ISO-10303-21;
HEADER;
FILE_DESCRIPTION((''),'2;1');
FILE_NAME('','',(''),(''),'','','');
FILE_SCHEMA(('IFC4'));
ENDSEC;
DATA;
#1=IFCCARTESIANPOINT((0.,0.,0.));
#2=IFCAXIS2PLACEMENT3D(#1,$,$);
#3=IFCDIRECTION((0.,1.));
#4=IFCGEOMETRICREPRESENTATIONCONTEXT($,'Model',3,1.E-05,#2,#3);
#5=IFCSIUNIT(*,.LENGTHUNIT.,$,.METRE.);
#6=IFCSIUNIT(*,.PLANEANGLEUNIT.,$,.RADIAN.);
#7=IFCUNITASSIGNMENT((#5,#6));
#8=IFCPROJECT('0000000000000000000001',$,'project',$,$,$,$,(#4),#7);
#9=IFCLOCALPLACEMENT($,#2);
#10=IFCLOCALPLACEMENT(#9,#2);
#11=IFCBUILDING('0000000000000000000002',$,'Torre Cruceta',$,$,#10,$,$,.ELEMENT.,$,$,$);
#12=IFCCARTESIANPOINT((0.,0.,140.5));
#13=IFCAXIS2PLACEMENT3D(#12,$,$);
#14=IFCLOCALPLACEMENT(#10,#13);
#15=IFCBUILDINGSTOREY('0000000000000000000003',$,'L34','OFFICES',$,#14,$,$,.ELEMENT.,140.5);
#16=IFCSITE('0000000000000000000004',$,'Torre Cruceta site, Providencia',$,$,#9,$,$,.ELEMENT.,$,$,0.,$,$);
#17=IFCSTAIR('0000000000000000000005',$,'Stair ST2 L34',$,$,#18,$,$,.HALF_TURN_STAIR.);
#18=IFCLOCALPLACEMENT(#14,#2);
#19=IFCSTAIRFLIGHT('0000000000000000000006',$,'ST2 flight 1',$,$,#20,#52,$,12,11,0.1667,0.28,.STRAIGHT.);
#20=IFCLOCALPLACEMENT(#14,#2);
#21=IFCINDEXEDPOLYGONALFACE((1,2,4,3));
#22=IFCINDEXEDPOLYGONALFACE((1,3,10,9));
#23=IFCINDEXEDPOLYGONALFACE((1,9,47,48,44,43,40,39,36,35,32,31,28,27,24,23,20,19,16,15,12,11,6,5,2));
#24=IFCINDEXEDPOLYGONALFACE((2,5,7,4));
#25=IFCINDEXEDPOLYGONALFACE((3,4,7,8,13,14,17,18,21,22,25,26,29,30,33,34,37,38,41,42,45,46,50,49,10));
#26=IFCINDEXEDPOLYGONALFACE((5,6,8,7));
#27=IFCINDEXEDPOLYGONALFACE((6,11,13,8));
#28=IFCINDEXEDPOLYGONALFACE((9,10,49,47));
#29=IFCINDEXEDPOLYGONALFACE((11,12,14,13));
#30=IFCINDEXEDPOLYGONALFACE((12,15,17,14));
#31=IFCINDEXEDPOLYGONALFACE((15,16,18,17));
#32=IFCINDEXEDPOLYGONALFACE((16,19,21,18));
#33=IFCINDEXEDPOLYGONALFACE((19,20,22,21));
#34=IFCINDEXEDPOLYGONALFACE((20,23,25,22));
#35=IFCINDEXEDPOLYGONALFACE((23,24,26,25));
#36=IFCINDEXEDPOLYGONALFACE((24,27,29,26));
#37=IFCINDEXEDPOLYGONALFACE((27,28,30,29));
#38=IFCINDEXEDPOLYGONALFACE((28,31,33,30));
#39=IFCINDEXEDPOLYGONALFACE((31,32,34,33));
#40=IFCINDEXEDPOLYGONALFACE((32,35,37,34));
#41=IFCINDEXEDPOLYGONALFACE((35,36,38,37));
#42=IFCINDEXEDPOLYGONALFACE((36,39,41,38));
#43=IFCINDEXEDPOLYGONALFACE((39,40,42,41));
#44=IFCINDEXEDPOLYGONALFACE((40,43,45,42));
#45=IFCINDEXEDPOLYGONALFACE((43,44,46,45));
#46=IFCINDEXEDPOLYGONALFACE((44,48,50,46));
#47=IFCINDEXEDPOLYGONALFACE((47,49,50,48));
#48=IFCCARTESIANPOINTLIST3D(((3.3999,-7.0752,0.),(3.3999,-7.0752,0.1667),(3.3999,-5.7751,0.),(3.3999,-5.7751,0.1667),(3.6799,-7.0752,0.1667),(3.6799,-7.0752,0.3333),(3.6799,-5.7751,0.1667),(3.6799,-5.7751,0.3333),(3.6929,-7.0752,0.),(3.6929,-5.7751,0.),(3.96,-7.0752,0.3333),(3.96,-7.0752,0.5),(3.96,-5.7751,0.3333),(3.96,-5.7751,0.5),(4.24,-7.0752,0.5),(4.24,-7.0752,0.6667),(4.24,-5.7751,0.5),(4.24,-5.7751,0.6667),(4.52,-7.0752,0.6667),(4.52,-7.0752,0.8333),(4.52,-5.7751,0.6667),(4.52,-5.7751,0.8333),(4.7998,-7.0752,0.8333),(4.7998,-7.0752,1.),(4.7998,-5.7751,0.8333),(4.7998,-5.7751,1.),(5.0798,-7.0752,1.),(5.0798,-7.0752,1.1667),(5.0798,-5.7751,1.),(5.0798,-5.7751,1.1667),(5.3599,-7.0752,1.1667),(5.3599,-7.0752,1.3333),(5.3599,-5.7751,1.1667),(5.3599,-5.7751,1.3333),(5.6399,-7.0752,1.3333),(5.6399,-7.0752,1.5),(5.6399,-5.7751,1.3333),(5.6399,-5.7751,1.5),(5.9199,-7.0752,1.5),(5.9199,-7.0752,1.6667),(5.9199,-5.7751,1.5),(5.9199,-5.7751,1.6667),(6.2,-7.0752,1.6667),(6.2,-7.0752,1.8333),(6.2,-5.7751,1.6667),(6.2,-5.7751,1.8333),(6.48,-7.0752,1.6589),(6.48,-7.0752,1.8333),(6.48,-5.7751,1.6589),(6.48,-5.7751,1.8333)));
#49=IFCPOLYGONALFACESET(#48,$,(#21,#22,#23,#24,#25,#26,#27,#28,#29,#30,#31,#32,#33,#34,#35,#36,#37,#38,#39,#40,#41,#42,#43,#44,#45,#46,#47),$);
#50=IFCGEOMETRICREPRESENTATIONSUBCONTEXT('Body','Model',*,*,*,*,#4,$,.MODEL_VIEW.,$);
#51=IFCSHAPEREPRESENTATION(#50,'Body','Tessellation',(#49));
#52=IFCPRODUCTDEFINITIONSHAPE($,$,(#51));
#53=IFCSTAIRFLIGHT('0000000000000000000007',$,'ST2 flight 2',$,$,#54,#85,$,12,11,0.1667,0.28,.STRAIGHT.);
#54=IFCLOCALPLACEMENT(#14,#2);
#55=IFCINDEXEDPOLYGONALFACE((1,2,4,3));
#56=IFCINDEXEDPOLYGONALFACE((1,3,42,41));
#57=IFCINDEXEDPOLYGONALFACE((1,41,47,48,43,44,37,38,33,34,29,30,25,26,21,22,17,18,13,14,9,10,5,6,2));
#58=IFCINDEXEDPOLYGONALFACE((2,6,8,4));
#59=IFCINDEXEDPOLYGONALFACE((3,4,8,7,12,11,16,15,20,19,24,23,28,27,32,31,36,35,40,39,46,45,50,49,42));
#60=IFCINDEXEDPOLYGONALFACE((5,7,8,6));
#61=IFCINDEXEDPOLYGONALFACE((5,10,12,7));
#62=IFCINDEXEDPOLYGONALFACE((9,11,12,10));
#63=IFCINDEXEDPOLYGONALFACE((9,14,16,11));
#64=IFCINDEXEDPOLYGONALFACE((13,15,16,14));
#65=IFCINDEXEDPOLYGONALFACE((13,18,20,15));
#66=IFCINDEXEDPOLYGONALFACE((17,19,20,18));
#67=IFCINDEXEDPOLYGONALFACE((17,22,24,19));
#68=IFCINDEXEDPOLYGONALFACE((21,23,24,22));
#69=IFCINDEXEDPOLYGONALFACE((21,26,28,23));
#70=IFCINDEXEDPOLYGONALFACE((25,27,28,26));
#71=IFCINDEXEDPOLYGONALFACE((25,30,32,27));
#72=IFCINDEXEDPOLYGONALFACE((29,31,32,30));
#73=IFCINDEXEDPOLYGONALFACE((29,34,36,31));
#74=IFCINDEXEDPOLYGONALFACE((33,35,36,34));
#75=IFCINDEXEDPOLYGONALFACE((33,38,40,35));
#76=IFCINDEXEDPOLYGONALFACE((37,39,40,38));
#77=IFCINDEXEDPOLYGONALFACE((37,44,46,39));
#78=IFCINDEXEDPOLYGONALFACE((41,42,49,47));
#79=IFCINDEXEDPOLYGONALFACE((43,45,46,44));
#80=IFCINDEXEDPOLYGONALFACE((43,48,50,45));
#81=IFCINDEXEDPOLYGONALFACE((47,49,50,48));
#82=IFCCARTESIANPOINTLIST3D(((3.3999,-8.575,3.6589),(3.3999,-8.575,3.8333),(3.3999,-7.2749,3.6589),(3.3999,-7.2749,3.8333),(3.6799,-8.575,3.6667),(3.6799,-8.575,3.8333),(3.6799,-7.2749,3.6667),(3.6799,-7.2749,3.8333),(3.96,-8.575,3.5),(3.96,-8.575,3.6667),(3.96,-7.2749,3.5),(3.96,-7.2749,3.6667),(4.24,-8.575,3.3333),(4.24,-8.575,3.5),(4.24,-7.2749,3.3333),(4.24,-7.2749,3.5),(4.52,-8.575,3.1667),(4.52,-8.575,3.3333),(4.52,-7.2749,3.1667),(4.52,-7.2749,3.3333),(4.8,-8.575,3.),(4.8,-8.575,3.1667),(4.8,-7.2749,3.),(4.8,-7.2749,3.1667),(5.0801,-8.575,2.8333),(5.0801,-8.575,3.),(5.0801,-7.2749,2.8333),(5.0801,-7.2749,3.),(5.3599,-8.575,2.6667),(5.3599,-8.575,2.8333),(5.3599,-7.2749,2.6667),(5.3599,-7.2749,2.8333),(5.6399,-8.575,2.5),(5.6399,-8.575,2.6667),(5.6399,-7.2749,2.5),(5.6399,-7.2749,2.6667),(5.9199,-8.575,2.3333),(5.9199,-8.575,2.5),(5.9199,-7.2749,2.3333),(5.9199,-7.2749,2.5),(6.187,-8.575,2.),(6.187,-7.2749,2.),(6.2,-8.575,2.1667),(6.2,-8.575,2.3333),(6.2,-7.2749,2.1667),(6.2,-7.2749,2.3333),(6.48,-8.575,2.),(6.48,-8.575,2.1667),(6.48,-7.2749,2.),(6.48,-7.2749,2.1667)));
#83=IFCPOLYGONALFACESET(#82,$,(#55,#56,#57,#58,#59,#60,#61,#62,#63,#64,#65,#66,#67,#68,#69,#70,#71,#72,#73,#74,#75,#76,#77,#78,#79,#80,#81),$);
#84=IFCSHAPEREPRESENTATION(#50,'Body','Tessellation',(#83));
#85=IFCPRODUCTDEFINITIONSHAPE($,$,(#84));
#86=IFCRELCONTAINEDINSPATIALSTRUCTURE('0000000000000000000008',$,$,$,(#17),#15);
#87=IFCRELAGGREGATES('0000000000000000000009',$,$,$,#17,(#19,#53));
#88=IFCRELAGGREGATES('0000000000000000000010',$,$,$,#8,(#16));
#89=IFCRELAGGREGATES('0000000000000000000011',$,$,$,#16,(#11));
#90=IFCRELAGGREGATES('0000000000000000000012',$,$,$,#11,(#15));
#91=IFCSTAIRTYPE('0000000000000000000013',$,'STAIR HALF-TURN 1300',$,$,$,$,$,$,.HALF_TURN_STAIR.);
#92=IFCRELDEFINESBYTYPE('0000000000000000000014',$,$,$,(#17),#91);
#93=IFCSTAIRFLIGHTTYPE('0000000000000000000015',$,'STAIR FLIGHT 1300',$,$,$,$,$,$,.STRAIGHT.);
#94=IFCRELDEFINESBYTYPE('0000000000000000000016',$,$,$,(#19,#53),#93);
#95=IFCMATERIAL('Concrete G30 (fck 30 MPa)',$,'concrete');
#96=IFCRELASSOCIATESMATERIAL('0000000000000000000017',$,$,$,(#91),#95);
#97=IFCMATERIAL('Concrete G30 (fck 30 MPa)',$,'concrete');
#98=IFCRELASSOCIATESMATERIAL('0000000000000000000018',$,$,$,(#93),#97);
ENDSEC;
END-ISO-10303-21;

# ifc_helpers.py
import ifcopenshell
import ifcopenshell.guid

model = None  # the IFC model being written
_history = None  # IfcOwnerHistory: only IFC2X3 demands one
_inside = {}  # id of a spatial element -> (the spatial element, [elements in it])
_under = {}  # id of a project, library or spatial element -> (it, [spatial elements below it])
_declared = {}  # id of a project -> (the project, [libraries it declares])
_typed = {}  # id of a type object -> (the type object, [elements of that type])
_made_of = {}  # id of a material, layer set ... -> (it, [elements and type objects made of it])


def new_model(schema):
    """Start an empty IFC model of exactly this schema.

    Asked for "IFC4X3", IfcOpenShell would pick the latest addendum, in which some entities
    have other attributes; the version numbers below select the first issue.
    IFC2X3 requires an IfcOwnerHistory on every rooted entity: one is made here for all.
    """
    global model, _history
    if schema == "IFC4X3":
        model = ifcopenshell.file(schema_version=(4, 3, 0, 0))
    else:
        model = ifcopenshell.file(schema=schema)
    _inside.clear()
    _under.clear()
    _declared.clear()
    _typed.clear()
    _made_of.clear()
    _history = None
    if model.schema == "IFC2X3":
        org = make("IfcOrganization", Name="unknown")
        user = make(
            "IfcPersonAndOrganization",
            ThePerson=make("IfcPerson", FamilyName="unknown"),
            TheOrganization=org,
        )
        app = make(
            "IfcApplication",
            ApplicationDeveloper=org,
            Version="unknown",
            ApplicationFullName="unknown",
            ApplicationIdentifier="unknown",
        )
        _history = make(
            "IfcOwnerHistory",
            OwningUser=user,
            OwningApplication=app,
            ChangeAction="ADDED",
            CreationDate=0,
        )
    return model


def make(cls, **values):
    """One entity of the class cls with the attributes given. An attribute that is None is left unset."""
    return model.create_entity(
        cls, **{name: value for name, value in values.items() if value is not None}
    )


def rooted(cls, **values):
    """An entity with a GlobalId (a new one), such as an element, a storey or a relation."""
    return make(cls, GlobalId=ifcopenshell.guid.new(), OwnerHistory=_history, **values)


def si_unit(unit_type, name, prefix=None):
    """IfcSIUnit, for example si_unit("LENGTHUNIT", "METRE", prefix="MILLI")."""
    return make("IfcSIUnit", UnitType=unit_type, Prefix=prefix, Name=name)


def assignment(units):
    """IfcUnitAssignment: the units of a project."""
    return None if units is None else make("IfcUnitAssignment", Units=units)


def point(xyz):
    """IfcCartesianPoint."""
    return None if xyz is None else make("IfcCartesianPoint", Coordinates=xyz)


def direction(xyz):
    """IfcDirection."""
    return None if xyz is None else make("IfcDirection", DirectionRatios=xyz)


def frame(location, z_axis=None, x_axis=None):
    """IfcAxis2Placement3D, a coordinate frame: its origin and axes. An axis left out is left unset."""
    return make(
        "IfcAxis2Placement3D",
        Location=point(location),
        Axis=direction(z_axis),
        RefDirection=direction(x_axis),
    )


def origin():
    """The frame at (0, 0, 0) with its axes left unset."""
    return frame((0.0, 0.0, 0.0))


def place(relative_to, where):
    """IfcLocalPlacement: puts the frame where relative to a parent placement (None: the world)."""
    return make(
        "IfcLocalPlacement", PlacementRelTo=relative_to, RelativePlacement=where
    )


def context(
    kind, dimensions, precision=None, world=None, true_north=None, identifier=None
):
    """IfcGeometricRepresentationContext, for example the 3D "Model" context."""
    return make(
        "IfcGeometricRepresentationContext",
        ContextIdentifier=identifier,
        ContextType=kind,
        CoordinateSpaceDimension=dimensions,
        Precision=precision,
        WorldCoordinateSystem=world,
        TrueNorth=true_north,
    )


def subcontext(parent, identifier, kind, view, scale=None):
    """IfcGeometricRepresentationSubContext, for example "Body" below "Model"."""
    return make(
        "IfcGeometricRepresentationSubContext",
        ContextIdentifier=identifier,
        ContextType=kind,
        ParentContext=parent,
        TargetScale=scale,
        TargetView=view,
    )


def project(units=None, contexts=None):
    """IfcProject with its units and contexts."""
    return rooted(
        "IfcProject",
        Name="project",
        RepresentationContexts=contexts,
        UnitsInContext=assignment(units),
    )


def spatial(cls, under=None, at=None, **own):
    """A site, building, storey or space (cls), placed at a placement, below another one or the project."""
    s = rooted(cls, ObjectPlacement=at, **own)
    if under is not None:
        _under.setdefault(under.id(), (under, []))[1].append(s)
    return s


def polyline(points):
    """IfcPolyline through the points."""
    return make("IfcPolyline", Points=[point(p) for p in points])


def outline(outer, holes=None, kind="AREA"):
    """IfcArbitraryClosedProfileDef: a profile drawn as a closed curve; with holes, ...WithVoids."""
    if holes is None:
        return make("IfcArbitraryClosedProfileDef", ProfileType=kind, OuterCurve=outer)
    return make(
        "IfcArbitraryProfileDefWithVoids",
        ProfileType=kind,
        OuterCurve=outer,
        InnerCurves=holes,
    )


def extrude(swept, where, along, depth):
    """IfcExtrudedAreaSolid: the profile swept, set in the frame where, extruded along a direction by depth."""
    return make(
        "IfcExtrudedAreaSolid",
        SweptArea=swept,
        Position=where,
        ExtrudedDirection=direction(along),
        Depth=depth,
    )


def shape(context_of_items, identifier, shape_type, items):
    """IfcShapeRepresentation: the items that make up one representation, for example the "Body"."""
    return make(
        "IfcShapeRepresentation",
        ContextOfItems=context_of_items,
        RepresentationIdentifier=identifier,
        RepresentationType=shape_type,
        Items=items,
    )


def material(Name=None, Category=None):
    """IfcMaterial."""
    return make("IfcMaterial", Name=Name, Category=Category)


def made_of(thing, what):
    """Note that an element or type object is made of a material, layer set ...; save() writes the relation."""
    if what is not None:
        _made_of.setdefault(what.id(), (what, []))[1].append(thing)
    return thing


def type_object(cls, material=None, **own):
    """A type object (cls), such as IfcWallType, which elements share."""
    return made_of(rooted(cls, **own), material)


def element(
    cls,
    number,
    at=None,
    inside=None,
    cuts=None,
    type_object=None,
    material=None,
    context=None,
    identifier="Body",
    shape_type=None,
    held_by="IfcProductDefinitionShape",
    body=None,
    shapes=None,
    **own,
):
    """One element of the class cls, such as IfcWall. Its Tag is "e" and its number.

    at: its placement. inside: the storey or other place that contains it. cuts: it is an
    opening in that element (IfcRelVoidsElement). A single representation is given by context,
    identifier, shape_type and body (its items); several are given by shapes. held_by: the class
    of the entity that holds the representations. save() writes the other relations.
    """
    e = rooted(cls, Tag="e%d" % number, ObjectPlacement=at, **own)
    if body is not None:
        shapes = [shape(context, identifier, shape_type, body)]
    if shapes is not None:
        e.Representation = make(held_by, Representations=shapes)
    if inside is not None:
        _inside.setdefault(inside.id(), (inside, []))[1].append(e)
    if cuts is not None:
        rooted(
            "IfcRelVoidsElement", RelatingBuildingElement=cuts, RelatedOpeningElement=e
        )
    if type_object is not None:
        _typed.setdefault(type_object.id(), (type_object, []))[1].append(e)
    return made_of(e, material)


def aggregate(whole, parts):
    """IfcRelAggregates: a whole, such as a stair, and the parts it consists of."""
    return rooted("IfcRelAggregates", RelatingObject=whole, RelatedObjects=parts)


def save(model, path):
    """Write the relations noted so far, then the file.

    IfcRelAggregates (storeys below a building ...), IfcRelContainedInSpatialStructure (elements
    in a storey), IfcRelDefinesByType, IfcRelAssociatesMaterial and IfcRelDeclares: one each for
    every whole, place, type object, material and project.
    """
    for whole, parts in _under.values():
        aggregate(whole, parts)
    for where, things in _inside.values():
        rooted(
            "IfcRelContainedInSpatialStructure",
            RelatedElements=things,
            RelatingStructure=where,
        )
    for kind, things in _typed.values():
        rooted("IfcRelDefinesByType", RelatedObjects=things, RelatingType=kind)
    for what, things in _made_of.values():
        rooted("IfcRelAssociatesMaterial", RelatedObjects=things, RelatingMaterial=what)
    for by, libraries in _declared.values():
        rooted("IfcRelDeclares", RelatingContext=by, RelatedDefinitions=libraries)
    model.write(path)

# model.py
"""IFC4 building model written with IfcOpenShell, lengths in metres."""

from ifc_helpers import new_model, si_unit, direction, frame, origin, place, context, subcontext, project, spatial, polyline, outline, extrude, material, type_object, element, aggregate, save


model = new_model("IFC4")

# Units and contexts
model_context = context("Model", 3, precision=1e-05, world=origin(), true_north=direction((0.0, 1.0)))
body_context = subcontext(model_context, "Body", "Model", "MODEL_VIEW")
ifc_project = project(units=[si_unit("LENGTHUNIT", "METRE"), si_unit("PLANEANGLEUNIT", "RADIAN")], contexts=[model_context])

# Site, building, storey
site_placement = place(None, origin())
site = spatial("IfcSite", under=ifc_project, at=site_placement, Name="Torre Cruceta site, Providencia", CompositionType="ELEMENT", RefElevation=0.0)
building_placement = place(site_placement, origin())
building = spatial("IfcBuilding", under=site, at=building_placement, Name="Torre Cruceta", CompositionType="ELEMENT")
storey_placement = place(building_placement, frame((0.0, 0.0, 140.5)))
storey = spatial("IfcBuildingStorey", under=building, at=storey_placement, Name="L34", Description="OFFICES", CompositionType="ELEMENT", Elevation=140.5)

# Stair, stair flights
ifc_material_1 = material(Name="Concrete G30 (fck 30 MPa)", Category="concrete")
stair_type = type_object("IfcStairType", Name="STAIR HALF-TURN 1300", PredefinedType="HALF_TURN_STAIR", material=ifc_material_1)
stair_placement = place(storey_placement, origin())
stair = element("IfcStair", 1, at=stair_placement, inside=storey, type_object=stair_type, Name="Stair ST2 L34", PredefinedType="HALF_TURN_STAIR")
ifc_material_2 = material(Name="Concrete G30 (fck 30 MPa)", Category="concrete")
stair_flight_type = type_object("IfcStairFlightType", Name="STAIR FLIGHT 1300", PredefinedType="STRAIGHT", material=ifc_material_2)
stair_flight_1_placement = place(storey_placement, frame((3.3999, -6.425, 0.0), z_axis=(0.0, 0.0, 1.0), x_axis=(1.0, 0.0, 0.0)))
stair_flight_1 = element("IfcStairFlight", 2, at=stair_flight_1_placement, type_object=stair_flight_type, Name="ST2 flight 1", NumberOfRisers=12, NumberOfTreads=11, PredefinedType="STRAIGHT", RiserHeight=0.1667, TreadLength=0.28, context=body_context, shape_type="SweptSolid", body=[
    extrude(outline(polyline([(0.0, 0.0), (0.0, 0.1667), (0.28, 0.1667), (0.28, 0.3333), (0.5601, 0.3333), (0.5601, 0.5), (0.8401, 0.5), (0.8401, 0.6667), (1.1201, 0.6667), (1.1201, 0.8333), (1.3999, 0.8333), (1.3999, 1.0), (1.6799, 1.0), (1.6799, 1.1667), (1.96, 1.1667), (1.96, 1.3333), (2.24, 1.3333), (2.24, 1.5), (2.52, 1.5), (2.52, 1.6667), (2.8, 1.6667), (2.8, 1.8333), (3.0801, 1.8333), (3.0801, 2.0), (3.0801, 1.6589), (0.293, 0.0), (0.0, 0.0)])), frame((0.0, 0.6499, 0.0), z_axis=(0.0, -1.0, 0.0), x_axis=(1.0, 0.0, 0.0)), (0.0, 0.0, 1.0), 1.3),
])
stair_flight_2_placement = place(storey_placement, frame((6.48, -7.925, 2.0), z_axis=(0.0, 0.0, 1.0), x_axis=(-1.0, 0.0, 0.0)))
stair_flight_2 = element("IfcStairFlight", 3, at=stair_flight_2_placement, type_object=stair_flight_type, Name="ST2 flight 2", NumberOfRisers=12, NumberOfTreads=11, PredefinedType="STRAIGHT", RiserHeight=0.1667, TreadLength=0.28, context=body_context, shape_type="SweptSolid", body=[
    extrude(outline(polyline([(0.0, 0.0), (0.0, 0.1667), (0.28, 0.1667), (0.28, 0.3333), (0.5601, 0.3333), (0.5601, 0.5), (0.8401, 0.5), (0.8401, 0.6667), (1.1201, 0.6667), (1.1201, 0.8333), (1.3999, 0.8333), (1.3999, 1.0), (1.6799, 1.0), (1.6799, 1.1667), (1.96, 1.1667), (1.96, 1.3333), (2.24, 1.3333), (2.24, 1.5), (2.52, 1.5), (2.52, 1.6667), (2.8, 1.6667), (2.8, 1.8333), (3.0801, 1.8333), (3.0801, 2.0), (3.0801, 1.6589), (0.293, 0.0), (0.0, 0.0)])), frame((0.0, 0.6499, 0.0), z_axis=(0.0, -1.0, 0.0), x_axis=(1.0, 0.0, 0.0)), (0.0, 0.0, 1.0), 1.3),
])
aggregate(stair, [stair_flight_1, stair_flight_2])

save(model, "model.ifc")
